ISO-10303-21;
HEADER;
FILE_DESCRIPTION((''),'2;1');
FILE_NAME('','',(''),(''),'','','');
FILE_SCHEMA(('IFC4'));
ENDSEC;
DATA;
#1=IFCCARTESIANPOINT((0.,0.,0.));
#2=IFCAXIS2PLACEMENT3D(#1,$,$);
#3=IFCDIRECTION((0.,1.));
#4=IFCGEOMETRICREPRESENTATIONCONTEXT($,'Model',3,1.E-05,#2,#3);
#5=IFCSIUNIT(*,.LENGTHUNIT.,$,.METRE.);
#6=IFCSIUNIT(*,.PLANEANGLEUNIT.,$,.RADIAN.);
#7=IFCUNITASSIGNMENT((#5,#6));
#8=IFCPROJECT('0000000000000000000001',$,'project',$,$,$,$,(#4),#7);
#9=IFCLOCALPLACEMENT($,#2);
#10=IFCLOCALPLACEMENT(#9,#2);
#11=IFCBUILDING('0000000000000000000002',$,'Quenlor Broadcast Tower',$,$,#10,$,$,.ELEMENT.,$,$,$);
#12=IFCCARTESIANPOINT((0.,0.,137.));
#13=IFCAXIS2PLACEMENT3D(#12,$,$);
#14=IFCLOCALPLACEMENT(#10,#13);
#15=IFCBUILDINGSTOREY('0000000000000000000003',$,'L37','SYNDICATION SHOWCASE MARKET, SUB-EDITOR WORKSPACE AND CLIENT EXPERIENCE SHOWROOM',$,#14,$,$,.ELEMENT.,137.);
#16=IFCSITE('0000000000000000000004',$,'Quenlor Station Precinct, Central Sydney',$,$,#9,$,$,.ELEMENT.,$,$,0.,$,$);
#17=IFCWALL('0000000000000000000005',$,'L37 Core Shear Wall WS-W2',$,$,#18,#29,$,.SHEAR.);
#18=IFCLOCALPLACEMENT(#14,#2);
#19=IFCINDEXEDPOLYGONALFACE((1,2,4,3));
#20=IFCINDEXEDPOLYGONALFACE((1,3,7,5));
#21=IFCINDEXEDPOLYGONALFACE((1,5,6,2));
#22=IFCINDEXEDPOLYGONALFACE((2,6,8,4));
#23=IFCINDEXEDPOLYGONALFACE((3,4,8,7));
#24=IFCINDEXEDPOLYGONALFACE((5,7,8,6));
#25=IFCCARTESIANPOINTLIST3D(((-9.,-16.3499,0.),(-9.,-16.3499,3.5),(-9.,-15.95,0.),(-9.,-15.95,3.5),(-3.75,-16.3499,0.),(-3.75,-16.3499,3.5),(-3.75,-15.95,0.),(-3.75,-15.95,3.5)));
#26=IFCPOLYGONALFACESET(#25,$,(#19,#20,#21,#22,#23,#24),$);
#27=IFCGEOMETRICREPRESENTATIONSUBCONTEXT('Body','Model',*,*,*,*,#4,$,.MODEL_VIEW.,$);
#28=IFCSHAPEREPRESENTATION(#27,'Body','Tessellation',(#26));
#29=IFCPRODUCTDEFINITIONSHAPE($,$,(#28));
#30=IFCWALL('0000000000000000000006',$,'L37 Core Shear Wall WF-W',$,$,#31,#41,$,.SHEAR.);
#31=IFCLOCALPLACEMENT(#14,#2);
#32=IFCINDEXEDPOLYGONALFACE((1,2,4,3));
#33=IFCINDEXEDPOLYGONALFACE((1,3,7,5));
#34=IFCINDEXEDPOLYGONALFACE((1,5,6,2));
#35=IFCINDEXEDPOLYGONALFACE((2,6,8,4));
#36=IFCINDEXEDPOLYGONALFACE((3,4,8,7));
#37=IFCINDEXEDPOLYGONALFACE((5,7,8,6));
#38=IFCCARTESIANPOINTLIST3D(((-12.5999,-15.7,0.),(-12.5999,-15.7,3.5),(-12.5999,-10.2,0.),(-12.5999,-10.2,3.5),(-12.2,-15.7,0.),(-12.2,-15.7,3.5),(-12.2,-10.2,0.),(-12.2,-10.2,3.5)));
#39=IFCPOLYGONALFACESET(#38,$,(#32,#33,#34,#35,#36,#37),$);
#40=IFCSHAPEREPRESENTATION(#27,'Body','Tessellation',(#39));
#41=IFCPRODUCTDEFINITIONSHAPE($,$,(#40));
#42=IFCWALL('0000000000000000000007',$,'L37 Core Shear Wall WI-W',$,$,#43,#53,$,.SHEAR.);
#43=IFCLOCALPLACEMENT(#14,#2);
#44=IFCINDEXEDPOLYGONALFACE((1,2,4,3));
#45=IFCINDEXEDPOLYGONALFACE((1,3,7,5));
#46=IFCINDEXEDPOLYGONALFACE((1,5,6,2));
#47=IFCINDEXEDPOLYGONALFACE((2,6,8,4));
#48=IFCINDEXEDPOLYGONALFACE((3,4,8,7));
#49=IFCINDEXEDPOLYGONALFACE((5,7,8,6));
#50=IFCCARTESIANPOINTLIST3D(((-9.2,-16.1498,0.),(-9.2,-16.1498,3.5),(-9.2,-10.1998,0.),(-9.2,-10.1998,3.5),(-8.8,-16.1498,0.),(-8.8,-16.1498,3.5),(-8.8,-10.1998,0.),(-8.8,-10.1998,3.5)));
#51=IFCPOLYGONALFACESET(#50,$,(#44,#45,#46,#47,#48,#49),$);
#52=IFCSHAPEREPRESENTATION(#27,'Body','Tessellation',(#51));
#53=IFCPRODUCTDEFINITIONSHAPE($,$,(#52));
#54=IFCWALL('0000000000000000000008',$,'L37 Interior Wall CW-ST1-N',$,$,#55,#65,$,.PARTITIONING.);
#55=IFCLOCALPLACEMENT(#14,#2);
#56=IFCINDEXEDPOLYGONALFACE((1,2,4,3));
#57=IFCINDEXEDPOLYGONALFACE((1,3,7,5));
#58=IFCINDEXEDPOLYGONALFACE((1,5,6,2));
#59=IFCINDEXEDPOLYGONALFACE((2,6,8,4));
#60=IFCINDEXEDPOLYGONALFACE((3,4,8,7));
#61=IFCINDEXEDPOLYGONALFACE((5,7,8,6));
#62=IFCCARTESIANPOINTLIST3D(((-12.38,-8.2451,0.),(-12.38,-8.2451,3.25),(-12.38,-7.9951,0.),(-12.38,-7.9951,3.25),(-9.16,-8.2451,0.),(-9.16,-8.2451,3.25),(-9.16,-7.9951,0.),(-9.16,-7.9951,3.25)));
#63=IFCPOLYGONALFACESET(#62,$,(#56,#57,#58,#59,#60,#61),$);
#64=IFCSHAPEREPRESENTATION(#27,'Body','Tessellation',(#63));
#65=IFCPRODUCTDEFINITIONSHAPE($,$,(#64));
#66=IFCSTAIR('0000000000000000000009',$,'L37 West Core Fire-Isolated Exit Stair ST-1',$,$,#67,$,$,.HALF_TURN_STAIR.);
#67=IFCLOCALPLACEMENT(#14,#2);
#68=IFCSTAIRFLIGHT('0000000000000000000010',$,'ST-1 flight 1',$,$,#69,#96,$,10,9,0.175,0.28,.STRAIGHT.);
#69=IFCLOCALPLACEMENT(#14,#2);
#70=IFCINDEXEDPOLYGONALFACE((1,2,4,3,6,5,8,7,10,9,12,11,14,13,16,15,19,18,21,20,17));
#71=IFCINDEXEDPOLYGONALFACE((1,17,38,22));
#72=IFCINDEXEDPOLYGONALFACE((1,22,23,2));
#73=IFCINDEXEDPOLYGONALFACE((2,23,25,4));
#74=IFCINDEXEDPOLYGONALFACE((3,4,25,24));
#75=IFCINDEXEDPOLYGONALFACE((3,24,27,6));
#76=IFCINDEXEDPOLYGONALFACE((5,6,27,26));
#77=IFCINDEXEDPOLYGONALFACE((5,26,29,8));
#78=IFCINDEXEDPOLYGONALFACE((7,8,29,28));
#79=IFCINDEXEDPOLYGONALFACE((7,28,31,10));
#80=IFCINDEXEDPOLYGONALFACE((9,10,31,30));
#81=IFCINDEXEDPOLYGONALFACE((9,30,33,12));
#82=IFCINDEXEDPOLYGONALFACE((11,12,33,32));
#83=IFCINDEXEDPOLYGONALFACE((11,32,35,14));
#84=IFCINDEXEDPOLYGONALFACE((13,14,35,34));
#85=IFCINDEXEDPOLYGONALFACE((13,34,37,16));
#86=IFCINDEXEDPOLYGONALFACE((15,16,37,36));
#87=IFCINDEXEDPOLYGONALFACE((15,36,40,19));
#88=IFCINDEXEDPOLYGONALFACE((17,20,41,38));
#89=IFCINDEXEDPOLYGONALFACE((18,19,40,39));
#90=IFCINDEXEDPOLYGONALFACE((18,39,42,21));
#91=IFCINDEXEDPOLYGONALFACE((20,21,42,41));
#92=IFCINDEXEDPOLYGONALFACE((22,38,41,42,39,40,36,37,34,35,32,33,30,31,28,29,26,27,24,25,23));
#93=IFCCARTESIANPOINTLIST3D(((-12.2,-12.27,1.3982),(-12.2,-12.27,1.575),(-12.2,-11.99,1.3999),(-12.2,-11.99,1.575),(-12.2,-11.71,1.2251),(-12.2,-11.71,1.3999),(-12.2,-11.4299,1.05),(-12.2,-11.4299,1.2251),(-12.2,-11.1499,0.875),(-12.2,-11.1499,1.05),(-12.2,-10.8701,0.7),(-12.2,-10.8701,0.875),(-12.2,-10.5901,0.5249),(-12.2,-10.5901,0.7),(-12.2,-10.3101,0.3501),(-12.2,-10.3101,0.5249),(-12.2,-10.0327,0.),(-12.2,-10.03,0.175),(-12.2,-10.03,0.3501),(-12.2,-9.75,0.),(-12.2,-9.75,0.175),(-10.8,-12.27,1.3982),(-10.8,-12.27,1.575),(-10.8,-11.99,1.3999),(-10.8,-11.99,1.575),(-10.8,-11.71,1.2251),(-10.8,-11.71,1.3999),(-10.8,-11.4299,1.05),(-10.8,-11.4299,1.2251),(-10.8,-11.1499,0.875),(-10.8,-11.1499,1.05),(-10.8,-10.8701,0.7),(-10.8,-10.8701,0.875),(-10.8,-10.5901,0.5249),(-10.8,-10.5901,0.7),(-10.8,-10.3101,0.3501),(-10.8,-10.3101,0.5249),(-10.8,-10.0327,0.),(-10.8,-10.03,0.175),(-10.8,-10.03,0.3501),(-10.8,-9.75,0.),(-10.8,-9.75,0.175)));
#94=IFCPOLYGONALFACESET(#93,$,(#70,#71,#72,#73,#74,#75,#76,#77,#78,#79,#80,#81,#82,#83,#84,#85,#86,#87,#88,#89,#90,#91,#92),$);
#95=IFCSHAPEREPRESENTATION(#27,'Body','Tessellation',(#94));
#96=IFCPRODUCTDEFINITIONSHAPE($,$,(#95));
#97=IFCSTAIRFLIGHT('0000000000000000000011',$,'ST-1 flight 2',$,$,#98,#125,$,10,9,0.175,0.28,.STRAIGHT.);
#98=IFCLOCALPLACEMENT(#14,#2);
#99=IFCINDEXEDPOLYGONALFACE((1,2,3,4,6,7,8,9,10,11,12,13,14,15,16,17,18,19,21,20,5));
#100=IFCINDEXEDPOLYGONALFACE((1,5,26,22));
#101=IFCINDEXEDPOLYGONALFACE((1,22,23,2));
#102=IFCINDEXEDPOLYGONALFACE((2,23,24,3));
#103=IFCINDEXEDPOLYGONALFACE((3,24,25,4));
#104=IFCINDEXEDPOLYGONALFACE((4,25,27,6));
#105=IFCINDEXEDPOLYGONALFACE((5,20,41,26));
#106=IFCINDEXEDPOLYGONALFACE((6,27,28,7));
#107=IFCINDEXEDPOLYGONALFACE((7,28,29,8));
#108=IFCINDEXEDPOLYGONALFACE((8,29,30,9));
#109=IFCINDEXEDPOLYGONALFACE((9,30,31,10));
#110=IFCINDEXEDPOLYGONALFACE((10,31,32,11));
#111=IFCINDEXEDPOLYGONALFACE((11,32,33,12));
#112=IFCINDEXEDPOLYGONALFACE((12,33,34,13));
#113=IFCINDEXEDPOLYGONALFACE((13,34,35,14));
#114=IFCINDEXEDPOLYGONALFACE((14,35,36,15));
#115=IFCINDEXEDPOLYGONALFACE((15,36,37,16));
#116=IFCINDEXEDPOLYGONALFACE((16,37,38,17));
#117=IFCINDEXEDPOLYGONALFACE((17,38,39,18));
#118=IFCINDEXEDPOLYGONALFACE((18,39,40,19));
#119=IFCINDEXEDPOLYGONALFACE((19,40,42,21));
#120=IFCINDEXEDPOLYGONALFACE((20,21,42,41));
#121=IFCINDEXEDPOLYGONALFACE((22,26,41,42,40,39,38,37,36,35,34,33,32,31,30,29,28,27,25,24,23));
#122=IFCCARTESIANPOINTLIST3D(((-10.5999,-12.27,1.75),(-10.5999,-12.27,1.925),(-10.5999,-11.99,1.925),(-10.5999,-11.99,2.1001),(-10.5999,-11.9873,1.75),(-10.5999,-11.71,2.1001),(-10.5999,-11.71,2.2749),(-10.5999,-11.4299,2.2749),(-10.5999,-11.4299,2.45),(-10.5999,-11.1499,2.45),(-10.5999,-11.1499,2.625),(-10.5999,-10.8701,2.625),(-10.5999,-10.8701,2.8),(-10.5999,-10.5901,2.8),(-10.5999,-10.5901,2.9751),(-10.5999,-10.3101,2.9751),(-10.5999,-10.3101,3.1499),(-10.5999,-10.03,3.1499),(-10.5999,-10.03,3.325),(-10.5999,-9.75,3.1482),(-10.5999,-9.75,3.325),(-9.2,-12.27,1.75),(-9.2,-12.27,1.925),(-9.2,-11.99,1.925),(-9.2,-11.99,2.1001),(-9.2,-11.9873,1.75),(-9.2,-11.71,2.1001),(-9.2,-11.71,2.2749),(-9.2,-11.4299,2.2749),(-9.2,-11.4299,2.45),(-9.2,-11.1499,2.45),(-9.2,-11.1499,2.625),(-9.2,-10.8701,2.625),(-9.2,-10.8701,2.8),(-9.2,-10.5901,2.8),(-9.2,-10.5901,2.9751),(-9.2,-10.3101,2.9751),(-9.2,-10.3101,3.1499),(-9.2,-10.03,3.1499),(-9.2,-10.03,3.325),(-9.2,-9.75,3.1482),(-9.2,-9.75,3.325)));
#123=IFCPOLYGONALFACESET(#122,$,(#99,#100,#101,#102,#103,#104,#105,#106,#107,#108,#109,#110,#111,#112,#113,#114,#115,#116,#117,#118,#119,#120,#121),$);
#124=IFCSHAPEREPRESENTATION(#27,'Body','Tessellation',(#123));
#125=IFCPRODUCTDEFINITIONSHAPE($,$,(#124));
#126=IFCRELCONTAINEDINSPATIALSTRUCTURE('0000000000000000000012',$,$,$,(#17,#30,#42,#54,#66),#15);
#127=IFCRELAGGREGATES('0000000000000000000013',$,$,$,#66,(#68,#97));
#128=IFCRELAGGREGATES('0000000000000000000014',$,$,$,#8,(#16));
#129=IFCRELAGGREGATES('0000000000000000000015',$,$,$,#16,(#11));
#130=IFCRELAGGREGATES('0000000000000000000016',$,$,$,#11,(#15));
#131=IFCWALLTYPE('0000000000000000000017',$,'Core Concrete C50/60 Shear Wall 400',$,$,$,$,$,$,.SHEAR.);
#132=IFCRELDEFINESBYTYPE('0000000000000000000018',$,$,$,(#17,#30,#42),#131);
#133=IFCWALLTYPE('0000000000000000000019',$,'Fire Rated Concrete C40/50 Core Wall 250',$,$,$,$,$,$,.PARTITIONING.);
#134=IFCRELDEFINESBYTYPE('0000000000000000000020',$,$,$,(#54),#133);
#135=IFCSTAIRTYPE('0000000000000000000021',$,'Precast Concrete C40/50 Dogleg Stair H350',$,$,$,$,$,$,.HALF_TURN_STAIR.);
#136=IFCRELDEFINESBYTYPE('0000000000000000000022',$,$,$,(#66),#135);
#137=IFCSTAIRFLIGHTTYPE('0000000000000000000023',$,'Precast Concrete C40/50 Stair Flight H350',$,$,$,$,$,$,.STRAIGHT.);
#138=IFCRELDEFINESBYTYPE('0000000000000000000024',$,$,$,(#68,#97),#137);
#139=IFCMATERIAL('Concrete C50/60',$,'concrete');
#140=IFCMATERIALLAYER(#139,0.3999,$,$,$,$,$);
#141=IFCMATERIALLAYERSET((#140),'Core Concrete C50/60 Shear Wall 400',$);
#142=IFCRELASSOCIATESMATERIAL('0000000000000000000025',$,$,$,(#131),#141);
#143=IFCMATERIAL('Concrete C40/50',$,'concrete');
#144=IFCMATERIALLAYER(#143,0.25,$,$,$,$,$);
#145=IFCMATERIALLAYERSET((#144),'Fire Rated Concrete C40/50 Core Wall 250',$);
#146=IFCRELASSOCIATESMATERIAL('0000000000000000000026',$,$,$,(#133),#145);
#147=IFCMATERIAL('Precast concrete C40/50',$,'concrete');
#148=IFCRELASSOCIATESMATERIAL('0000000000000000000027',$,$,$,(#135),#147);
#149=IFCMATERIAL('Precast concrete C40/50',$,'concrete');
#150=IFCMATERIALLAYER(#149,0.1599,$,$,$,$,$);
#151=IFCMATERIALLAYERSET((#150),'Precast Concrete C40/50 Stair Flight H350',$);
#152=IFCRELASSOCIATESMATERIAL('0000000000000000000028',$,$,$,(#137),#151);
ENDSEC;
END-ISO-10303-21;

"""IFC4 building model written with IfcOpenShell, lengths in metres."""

from ifc_helpers import new_model, si_unit, direction, frame, frame_2d, origin, place, context, subcontext, project, spatial, polyline, rectangle, outline, extrude, material, layer, layer_set, type_object, element, aggregate, save


model = new_model("IFC4")

# Units and contexts
model_context = context("Model", 3, precision=1e-05, world=origin(), true_north=direction((0.0, 1.0)))
body_context = subcontext(model_context, "Body", "Model", "MODEL_VIEW")
ifc_project = project(units=[si_unit("LENGTHUNIT", "METRE"), si_unit("PLANEANGLEUNIT", "RADIAN")], contexts=[model_context])

# Site, building, storey
site_placement = place(None, origin())
site = spatial("IfcSite", under=ifc_project, at=site_placement, Name="Quenlor Station Precinct, Central Sydney", CompositionType="ELEMENT", RefElevation=0.0)
building_placement = place(site_placement, origin())
building = spatial("IfcBuilding", under=site, at=building_placement, Name="Quenlor Broadcast Tower", CompositionType="ELEMENT")
storey_placement = place(building_placement, frame((0.0, 0.0, 137.0)))
storey = spatial("IfcBuildingStorey", under=building, at=storey_placement, Name="L37", Description="SYNDICATION SHOWCASE MARKET, SUB-EDITOR WORKSPACE AND CLIENT EXPERIENCE SHOWROOM", CompositionType="ELEMENT", Elevation=137.0)

# Walls
ifc_material_1 = material(Name="Concrete C50/60", Category="concrete")
ifc_layer_1 = layer(ifc_material_1, 0.3999)
ifc_layer_set_1 = layer_set([ifc_layer_1], Name="Core Concrete C50/60 Shear Wall 400")
wall_type_1 = type_object("IfcWallType", Name="Core Concrete C50/60 Shear Wall 400", PredefinedType="SHEAR", material=ifc_layer_set_1)
wall_1_placement = place(storey_placement, frame((-9.0, -16.1499, 0.0), z_axis=(0.0, 0.0, 1.0), x_axis=(1.0, 0.0, 0.0)))
element("IfcWall", 1, at=wall_1_placement, inside=storey, type_object=wall_type_1, Name="L37 Core Shear Wall WS-W2", PredefinedType="SHEAR", context=body_context, shape_type="SweptSolid", body=[
    extrude(rectangle(XDim=5.25, YDim=0.3999, at=frame_2d((2.625, 0.0))), origin(), (0.0, 0.0, 1.0), 3.5),
])
wall_2_placement = place(storey_placement, frame((-12.3999, -15.7, 0.0), z_axis=(0.0, 0.0, 1.0), x_axis=(0.0, 1.0, 0.0)))
element("IfcWall", 2, at=wall_2_placement, inside=storey, type_object=wall_type_1, Name="L37 Core Shear Wall WF-W", PredefinedType="SHEAR", context=body_context, shape_type="SweptSolid", body=[
    extrude(rectangle(XDim=5.5, YDim=0.3999, at=frame_2d((2.75, 0.0))), origin(), (0.0, 0.0, 1.0), 3.5),
])
wall_3_placement = place(storey_placement, frame((-9.0, -16.1499, 0.0), z_axis=(0.0, 0.0, 1.0), x_axis=(0.0, 1.0, 0.0)))
element("IfcWall", 3, at=wall_3_placement, inside=storey, type_object=wall_type_1, Name="L37 Core Shear Wall WI-W", PredefinedType="SHEAR", context=body_context, shape_type="SweptSolid", body=[
    extrude(rectangle(XDim=5.95, YDim=0.3999, at=frame_2d((2.9751, 0.0))), origin(), (0.0, 0.0, 1.0), 3.5),
])

# Shared definitions
ifc_material_2 = material(Name="Concrete C40/50", Category="concrete")
ifc_layer_2 = layer(ifc_material_2, 0.25)
ifc_layer_set_2 = layer_set([ifc_layer_2], Name="Fire Rated Concrete C40/50 Core Wall 250")
wall_type_2 = type_object("IfcWallType", Name="Fire Rated Concrete C40/50 Core Wall 250", PredefinedType="PARTITIONING", material=ifc_layer_set_2)

# Wall
wall_4_placement = place(storey_placement, frame((-12.3799, -8.1201, 0.0), z_axis=(0.0, 0.0, 1.0), x_axis=(1.0, 0.0, 0.0)))
element("IfcWall", 4, at=wall_4_placement, inside=storey, type_object=wall_type_2, Name="L37 Interior Wall CW-ST1-N", PredefinedType="PARTITIONING", context=body_context, shape_type="SweptSolid", body=[
    extrude(rectangle(XDim=3.22, YDim=0.25, at=frame_2d((1.6099, 0.0))), origin(), (0.0, 0.0, 1.0), 3.25),
])

# Stair, stair flights
ifc_material_3 = material(Name="Precast concrete C40/50", Category="concrete")
stair_type = type_object("IfcStairType", Name="Precast Concrete C40/50 Dogleg Stair H350", PredefinedType="HALF_TURN_STAIR", material=ifc_material_3)
stair_placement = place(storey_placement, origin())
stair = element("IfcStair", 5, at=stair_placement, inside=storey, type_object=stair_type, Name="L37 West Core Fire-Isolated Exit Stair ST-1", PredefinedType="HALF_TURN_STAIR")
ifc_material_4 = material(Name="Precast concrete C40/50", Category="concrete")
ifc_layer_3 = layer(ifc_material_4, 0.1599)
ifc_layer_set_3 = layer_set([ifc_layer_3], Name="Precast Concrete C40/50 Stair Flight H350")
stair_flight_type = type_object("IfcStairFlightType", Name="Precast Concrete C40/50 Stair Flight H350", PredefinedType="STRAIGHT", material=ifc_layer_set_3)
stair_flight_1_placement = place(storey_placement, frame((-11.5, -9.75, 0.0), z_axis=(0.0, 0.0, 1.0), x_axis=(0.0, -1.0, 0.0)))
stair_flight_1 = element("IfcStairFlight", 6, at=stair_flight_1_placement, type_object=stair_flight_type, Name="ST-1 flight 1", NumberOfRisers=10, NumberOfTreads=9, PredefinedType="STRAIGHT", RiserHeight=0.175, TreadLength=0.28, context=body_context, shape_type="SweptSolid", body=[
    extrude(outline(polyline([(0.0, 0.0), (0.0, 0.175), (0.28, 0.175), (0.28, 0.3501), (0.5601, 0.3501), (0.5601, 0.5249), (0.8401, 0.5249), (0.8401, 0.7), (1.1201, 0.7), (1.1201, 0.875), (1.3999, 0.875), (1.3999, 1.05), (1.6799, 1.05), (1.6799, 1.2251), (1.96, 1.2251), (1.96, 1.3999), (2.24, 1.3999), (2.24, 1.575), (2.52, 1.575), (2.52, 1.75), (2.52, 1.3982), (0.2827, 0.0), (0.0, 0.0)])), frame((0.0, 0.7, 0.0), z_axis=(0.0, -1.0, 0.0), x_axis=(1.0, 0.0, 0.0)), (0.0, 0.0, 1.0), 1.3999),
])
stair_flight_2_placement = place(storey_placement, frame((-9.8999, -12.27, 1.75), z_axis=(0.0, 0.0, 1.0), x_axis=(0.0, 1.0, 0.0)))
stair_flight_2 = element("IfcStairFlight", 7, at=stair_flight_2_placement, type_object=stair_flight_type, Name="ST-1 flight 2", NumberOfRisers=10, NumberOfTreads=9, PredefinedType="STRAIGHT", RiserHeight=0.175, TreadLength=0.28, context=body_context, shape_type="SweptSolid", body=[
    extrude(outline(polyline([(0.0, 0.0), (0.0, 0.175), (0.28, 0.175), (0.28, 0.3501), (0.5601, 0.3501), (0.5601, 0.5249), (0.8401, 0.5249), (0.8401, 0.7), (1.1201, 0.7), (1.1201, 0.875), (1.3999, 0.875), (1.3999, 1.05), (1.6799, 1.05), (1.6799, 1.2251), (1.96, 1.2251), (1.96, 1.3999), (2.24, 1.3999), (2.24, 1.575), (2.52, 1.575), (2.52, 1.75), (2.52, 1.3982), (0.2827, 0.0), (0.0, 0.0)])), frame((0.0, 0.7, 0.0), z_axis=(0.0, -1.0, 0.0), x_axis=(1.0, 0.0, 0.0)), (0.0, 0.0, 1.0), 1.3999),
])
aggregate(stair, [stair_flight_1, stair_flight_2])

save(model, "model.ifc")
